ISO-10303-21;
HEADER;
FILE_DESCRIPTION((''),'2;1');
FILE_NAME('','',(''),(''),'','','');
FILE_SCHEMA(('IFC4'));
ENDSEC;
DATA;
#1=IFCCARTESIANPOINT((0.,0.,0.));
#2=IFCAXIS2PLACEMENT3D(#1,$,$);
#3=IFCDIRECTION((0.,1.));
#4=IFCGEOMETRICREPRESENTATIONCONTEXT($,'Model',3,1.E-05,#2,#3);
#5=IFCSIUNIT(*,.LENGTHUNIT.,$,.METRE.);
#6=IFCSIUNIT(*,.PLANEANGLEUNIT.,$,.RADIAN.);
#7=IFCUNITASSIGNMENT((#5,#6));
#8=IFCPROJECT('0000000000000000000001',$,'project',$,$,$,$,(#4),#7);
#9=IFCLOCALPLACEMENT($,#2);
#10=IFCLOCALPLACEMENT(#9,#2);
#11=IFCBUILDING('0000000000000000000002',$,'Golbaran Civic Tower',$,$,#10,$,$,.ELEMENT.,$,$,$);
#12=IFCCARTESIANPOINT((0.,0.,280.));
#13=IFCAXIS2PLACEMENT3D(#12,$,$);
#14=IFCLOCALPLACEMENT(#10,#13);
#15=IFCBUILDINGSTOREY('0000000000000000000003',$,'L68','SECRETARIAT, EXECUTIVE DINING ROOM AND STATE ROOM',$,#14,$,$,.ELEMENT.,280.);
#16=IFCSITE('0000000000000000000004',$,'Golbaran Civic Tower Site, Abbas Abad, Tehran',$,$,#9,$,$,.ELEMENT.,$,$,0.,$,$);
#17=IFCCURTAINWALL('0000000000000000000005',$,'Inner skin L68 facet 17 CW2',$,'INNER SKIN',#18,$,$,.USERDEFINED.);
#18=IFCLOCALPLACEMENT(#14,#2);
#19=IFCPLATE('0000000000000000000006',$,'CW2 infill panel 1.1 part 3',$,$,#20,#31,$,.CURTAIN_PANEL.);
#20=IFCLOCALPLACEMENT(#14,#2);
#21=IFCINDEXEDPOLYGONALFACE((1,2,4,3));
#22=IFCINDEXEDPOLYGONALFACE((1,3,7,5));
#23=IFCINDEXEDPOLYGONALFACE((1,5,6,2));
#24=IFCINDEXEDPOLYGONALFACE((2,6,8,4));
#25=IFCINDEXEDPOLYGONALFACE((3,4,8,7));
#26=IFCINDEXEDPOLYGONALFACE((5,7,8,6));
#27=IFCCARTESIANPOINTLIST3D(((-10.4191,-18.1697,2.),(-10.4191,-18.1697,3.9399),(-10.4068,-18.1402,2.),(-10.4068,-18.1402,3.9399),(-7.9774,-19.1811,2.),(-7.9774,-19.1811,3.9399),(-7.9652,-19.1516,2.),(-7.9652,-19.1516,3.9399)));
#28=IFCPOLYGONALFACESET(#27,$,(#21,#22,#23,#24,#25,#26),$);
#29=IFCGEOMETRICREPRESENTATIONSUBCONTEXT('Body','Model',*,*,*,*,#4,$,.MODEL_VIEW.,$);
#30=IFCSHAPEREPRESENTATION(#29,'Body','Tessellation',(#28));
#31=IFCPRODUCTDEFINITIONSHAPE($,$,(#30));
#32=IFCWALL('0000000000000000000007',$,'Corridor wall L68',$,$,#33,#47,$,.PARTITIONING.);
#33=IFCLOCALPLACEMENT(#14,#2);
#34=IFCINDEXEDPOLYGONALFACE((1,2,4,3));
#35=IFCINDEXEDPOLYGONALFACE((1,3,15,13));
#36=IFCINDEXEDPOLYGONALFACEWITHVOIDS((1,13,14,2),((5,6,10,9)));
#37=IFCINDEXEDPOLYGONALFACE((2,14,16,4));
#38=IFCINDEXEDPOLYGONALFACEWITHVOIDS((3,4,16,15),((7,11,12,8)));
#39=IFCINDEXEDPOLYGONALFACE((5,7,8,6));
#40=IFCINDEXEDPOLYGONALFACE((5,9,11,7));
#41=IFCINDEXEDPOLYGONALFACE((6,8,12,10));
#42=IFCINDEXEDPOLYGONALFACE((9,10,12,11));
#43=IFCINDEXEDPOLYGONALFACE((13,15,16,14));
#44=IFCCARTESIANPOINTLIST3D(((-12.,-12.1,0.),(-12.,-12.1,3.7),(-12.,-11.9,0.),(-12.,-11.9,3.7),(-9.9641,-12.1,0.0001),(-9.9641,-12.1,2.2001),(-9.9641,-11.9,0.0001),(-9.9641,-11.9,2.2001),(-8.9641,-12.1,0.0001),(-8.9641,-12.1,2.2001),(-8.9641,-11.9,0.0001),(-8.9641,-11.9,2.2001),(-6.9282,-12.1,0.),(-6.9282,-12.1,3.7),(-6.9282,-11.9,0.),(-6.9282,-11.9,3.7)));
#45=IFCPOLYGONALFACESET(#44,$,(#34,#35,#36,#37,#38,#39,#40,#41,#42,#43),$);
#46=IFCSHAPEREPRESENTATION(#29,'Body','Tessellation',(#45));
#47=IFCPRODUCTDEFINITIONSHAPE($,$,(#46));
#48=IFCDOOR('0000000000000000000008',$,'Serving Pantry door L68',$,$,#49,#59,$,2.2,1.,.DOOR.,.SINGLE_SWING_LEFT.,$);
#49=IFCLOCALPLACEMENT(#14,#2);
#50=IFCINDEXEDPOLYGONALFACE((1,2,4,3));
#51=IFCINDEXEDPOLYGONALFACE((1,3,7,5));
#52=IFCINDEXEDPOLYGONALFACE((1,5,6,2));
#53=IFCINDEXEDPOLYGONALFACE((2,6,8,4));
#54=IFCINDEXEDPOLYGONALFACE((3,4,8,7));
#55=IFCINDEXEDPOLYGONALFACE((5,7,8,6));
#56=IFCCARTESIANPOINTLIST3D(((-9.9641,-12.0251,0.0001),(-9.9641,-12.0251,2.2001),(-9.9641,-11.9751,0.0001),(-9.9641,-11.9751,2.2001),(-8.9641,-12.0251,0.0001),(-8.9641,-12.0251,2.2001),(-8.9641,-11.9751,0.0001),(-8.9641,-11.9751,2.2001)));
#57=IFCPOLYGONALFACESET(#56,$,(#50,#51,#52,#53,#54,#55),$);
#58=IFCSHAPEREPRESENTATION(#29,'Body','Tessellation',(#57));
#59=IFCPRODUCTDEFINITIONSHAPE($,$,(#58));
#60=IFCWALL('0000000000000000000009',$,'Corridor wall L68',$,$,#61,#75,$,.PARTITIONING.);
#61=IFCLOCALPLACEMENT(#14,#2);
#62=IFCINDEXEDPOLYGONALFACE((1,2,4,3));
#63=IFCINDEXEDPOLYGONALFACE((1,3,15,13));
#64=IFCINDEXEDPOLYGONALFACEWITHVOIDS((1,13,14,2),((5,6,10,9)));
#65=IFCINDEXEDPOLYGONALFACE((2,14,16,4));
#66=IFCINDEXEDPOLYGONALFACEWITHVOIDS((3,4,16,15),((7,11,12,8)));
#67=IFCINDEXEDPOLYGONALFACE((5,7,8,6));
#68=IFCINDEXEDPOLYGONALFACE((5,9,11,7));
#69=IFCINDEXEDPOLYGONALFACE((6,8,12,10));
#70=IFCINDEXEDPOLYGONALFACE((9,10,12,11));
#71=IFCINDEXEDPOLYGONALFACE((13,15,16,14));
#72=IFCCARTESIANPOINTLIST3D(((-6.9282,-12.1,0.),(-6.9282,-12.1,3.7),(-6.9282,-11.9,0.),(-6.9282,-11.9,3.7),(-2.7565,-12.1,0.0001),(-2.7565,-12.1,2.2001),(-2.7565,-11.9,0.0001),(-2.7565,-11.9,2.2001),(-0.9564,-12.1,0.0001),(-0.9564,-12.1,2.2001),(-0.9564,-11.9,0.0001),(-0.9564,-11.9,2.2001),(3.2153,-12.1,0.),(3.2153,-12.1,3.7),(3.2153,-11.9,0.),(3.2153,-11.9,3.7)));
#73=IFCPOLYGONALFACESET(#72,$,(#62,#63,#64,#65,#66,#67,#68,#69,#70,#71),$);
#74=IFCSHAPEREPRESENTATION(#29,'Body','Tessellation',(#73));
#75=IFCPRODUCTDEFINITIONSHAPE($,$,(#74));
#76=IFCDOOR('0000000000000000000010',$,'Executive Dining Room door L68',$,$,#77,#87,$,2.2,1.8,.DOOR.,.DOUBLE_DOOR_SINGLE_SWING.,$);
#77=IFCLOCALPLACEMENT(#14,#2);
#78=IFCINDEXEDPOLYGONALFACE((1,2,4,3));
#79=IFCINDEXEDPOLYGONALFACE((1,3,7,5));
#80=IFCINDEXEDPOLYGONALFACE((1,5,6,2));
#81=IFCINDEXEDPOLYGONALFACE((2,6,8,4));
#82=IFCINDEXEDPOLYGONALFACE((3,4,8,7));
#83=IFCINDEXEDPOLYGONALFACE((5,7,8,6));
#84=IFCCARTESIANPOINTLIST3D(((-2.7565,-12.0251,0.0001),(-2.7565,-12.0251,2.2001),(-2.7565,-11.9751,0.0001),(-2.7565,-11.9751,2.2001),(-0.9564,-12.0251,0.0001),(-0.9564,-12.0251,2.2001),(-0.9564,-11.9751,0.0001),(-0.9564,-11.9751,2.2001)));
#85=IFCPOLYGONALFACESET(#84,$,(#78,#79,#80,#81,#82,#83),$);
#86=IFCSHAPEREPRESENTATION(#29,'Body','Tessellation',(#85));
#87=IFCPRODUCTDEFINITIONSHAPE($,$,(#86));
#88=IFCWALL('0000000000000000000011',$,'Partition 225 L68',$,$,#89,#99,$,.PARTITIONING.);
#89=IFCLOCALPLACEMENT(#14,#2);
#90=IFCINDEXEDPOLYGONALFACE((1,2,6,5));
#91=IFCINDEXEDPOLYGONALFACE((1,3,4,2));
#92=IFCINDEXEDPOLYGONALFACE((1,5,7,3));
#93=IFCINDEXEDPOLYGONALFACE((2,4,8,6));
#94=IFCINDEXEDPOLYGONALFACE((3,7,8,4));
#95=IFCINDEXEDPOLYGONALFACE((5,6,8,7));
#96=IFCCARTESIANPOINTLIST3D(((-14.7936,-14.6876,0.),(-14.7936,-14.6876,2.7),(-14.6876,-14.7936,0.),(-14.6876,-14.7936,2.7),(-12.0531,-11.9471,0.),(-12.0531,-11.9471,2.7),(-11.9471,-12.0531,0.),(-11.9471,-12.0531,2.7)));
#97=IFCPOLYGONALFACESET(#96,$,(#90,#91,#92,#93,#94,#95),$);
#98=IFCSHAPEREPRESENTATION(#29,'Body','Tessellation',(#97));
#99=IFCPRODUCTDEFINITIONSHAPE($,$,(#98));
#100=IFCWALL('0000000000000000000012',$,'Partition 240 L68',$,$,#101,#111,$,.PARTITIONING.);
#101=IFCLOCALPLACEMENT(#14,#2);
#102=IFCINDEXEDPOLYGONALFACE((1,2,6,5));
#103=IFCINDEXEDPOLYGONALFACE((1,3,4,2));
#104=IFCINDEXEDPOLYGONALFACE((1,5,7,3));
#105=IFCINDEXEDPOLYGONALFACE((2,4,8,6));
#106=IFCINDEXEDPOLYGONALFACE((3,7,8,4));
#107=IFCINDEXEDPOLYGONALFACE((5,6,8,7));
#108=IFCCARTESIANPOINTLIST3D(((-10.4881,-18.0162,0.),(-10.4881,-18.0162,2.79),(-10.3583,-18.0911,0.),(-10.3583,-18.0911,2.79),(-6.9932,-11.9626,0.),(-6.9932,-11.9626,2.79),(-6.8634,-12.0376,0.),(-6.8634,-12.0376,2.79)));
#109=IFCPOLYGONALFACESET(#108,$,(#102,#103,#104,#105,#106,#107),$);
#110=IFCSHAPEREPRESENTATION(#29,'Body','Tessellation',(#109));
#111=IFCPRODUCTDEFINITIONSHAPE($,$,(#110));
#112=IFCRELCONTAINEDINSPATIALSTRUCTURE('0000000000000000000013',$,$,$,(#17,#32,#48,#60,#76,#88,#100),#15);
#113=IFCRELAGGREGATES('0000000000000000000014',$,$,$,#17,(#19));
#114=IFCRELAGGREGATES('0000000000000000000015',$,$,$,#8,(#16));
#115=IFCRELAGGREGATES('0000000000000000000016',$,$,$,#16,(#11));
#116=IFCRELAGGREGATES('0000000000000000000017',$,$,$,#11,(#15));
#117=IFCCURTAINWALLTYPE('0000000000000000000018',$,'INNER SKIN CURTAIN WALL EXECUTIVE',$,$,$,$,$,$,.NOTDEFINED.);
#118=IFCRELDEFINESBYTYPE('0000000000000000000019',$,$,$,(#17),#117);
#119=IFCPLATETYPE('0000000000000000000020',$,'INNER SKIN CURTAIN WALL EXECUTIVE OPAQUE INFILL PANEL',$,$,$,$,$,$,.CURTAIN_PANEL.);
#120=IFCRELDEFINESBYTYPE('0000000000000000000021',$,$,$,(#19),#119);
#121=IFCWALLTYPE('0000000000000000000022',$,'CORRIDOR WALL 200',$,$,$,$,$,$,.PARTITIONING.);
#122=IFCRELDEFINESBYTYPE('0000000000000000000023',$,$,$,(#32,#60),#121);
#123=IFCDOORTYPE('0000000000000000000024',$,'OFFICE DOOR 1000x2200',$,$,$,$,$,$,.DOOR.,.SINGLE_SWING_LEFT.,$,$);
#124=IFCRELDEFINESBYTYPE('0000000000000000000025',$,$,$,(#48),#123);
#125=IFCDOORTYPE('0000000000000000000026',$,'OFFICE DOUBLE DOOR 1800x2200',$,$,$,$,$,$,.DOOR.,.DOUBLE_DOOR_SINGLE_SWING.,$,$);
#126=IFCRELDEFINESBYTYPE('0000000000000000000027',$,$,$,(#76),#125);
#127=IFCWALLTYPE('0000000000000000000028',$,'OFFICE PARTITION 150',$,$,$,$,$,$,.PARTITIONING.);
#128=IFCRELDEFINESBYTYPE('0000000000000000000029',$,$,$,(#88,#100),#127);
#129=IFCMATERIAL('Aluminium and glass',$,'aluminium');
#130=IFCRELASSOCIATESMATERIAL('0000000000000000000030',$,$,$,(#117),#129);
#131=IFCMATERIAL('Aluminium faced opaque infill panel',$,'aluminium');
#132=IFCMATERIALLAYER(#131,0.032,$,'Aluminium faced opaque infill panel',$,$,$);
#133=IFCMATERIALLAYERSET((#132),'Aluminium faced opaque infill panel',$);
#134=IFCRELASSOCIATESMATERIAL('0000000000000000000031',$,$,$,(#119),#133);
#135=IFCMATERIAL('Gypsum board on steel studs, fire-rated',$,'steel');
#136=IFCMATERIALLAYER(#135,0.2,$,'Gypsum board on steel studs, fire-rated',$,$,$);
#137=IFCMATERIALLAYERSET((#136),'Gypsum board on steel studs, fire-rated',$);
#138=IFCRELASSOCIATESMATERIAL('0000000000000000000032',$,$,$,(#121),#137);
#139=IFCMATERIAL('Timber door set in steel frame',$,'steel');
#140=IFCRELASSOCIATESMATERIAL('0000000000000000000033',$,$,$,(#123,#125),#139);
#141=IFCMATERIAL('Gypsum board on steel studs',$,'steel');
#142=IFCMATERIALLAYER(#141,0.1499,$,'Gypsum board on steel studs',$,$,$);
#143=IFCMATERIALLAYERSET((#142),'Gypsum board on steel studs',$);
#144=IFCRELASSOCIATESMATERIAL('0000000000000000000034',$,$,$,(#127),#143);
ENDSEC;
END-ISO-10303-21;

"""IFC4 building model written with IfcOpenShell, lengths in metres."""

from ifc_helpers import new_model, si_unit, direction, frame, frame_2d, origin, origin_2d, place, context, subcontext, project, spatial, rectangle, extrude, material, layer, layer_set, type_object, element, fill, aggregate, save


model = new_model("IFC4")

# Units and contexts
model_context = context("Model", 3, precision=1e-05, world=origin(), true_north=direction((0.0, 1.0)))
body_context = subcontext(model_context, "Body", "Model", "MODEL_VIEW")
ifc_project = project(units=[si_unit("LENGTHUNIT", "METRE"), si_unit("PLANEANGLEUNIT", "RADIAN")], contexts=[model_context])

# Site, building, storey
site_placement = place(None, origin())
site = spatial("IfcSite", under=ifc_project, at=site_placement, Name="Golbaran Civic Tower Site, Abbas Abad, Tehran", CompositionType="ELEMENT", RefElevation=0.0)
building_placement = place(site_placement, origin())
building = spatial("IfcBuilding", under=site, at=building_placement, Name="Golbaran Civic Tower", CompositionType="ELEMENT")
storey_placement = place(building_placement, frame((0.0, 0.0, 280.0)))
storey = spatial("IfcBuildingStorey", under=building, at=storey_placement, Name="L68", Description="SECRETARIAT, EXECUTIVE DINING ROOM AND STATE ROOM", CompositionType="ELEMENT", Elevation=280.0)

# Curtain wall
ifc_material_1 = material(Name="Aluminium and glass", Category="aluminium")
curtain_wall_type = type_object("IfcCurtainWallType", Name="INNER SKIN CURTAIN WALL EXECUTIVE", PredefinedType="NOTDEFINED", material=ifc_material_1)
curtain_wall_1_placement = place(storey_placement, origin())
curtain_wall_1 = element("IfcCurtainWall", 1, at=curtain_wall_1_placement, inside=storey, type_object=curtain_wall_type, Name="Inner skin L68 facet 17 CW2", ObjectType="INNER SKIN", PredefinedType="USERDEFINED")

# Plate
ifc_material_2 = material(Name="Aluminium faced opaque infill panel", Category="aluminium")
ifc_layer_1 = layer(ifc_material_2, 0.032, Name="Aluminium faced opaque infill panel")
ifc_layer_set_1 = layer_set([ifc_layer_1], Name="Aluminium faced opaque infill panel")
plate_type_1 = type_object("IfcPlateType", Name="INNER SKIN CURTAIN WALL EXECUTIVE OPAQUE INFILL PANEL", PredefinedType="CURTAIN_PANEL", material=ifc_layer_set_1)
plate_1_placement = place(storey_placement, frame((-9.1921, -18.6606, 2.0), z_axis=(0.0, 0.0, 1.0), x_axis=(0.92388, -0.382683, 0.0)))
plate_1 = element("IfcPlate", 2, at=plate_1_placement, type_object=plate_type_1, Name="CW2 infill panel 1.1 part 3", PredefinedType="CURTAIN_PANEL", context=body_context, shape_type="SweptSolid", body=[
    extrude(rectangle(XDim=2.6428, YDim=0.032, at=origin_2d()), origin(), (0.0, 0.0, 1.0), 1.9399),
])
aggregate(curtain_wall_1, [plate_1])

# Walls, openings, doors
ifc_material_3 = material(Name="Gypsum board on steel studs, fire-rated", Category="steel")
ifc_layer_2 = layer(ifc_material_3, 0.2, Name="Gypsum board on steel studs, fire-rated")
ifc_layer_set_2 = layer_set([ifc_layer_2], Name="Gypsum board on steel studs, fire-rated")
wall_type_1 = type_object("IfcWallType", Name="CORRIDOR WALL 200", PredefinedType="PARTITIONING", material=ifc_layer_set_2)
wall_1_placement = place(storey_placement, frame((-12.0, -12.0, 0.0), z_axis=(0.0, 0.0, 1.0), x_axis=(1.0, 0.0, 0.0)))
wall_1 = element("IfcWall", 3, at=wall_1_placement, inside=storey, type_object=wall_type_1, Name="Corridor wall L68", PredefinedType="PARTITIONING", context=body_context, shape_type="SweptSolid", body=[
    extrude(rectangle(XDim=5.0718, YDim=0.2, at=frame_2d((2.5359, 0.0))), origin(), (0.0, 0.0, 1.0), 3.7),
])
opening_1_placement = place(wall_1_placement, frame((2.0359, 0.0, 0.0)))
opening_1 = element("IfcOpeningElement", 4, at=opening_1_placement, cuts=wall_1, PredefinedType="OPENING", context=body_context, shape_type="SweptSolid", body=[
    extrude(rectangle(XDim=1.0, YDim=2.2, at=frame_2d((0.5, 1.1001))), frame((0.0, 0.1099, 0.0), z_axis=(0.0, -1.0, 0.0), x_axis=(1.0, 0.0, 0.0)), (0.0, 0.0, 1.0), 0.22),
])
ifc_material_4 = material(Name="Timber door set in steel frame", Category="steel")
door_type_1 = type_object("IfcDoorType", Name="OFFICE DOOR 1000x2200", OperationType="SINGLE_SWING_LEFT", PredefinedType="DOOR", material=ifc_material_4)
door_1_placement = place(opening_1_placement, origin())
door_1 = element("IfcDoor", 5, at=door_1_placement, inside=storey, type_object=door_type_1, Name="Serving Pantry door L68", OperationType="SINGLE_SWING_LEFT", OverallHeight=2.2, OverallWidth=1.0, PredefinedType="DOOR", context=body_context, shape_type="SweptSolid", body=[
    extrude(rectangle(XDim=1.0, YDim=2.2, at=frame_2d((0.5, 1.1001))), frame((0.0, 0.0249, 0.0), z_axis=(0.0, -1.0, 0.0), x_axis=(1.0, 0.0, 0.0)), (0.0, 0.0, 1.0), 0.05),
])
fill(opening_1, door_1)
wall_2_placement = place(storey_placement, frame((-6.9282, -12.0, 0.0), z_axis=(0.0, 0.0, 1.0), x_axis=(1.0, 0.0, 0.0)))
wall_2 = element("IfcWall", 6, at=wall_2_placement, inside=storey, type_object=wall_type_1, Name="Corridor wall L68", PredefinedType="PARTITIONING", context=body_context, shape_type="SweptSolid", body=[
    extrude(rectangle(XDim=10.1436, YDim=0.2, at=frame_2d((5.0718, 0.0))), origin(), (0.0, 0.0, 1.0), 3.7),
])
opening_2_placement = place(wall_2_placement, frame((4.1719, 0.0, 0.0)))
opening_2 = element("IfcOpeningElement", 7, at=opening_2_placement, cuts=wall_2, PredefinedType="OPENING", context=body_context, shape_type="SweptSolid", body=[
    extrude(rectangle(XDim=1.8, YDim=2.2, at=frame_2d((0.8999, 1.1001))), frame((0.0, 0.1099, 0.0), z_axis=(0.0, -1.0, 0.0), x_axis=(1.0, 0.0, 0.0)), (0.0, 0.0, 1.0), 0.22),
])
door_type_2 = type_object("IfcDoorType", Name="OFFICE DOUBLE DOOR 1800x2200", OperationType="DOUBLE_DOOR_SINGLE_SWING", PredefinedType="DOOR", material=ifc_material_4)
door_2_placement = place(opening_2_placement, origin())
door_2 = element("IfcDoor", 8, at=door_2_placement, inside=storey, type_object=door_type_2, Name="Executive Dining Room door L68", OperationType="DOUBLE_DOOR_SINGLE_SWING", OverallHeight=2.2, OverallWidth=1.8, PredefinedType="DOOR", context=body_context, shape_type="SweptSolid", body=[
    extrude(rectangle(XDim=1.8, YDim=2.2, at=frame_2d((0.8999, 1.1001))), frame((0.0, 0.0249, 0.0), z_axis=(0.0, -1.0, 0.0), x_axis=(1.0, 0.0, 0.0)), (0.0, 0.0, 1.0), 0.05),
])
fill(opening_2, door_2)

# Walls
ifc_material_5 = material(Name="Gypsum board on steel studs", Category="steel")
ifc_layer_3 = layer(ifc_material_5, 0.1499, Name="Gypsum board on steel studs")
ifc_layer_set_3 = layer_set([ifc_layer_3], Name="Gypsum board on steel studs")
wall_type_2 = type_object("IfcWallType", Name="OFFICE PARTITION 150", PredefinedType="PARTITIONING", material=ifc_layer_set_3)
wall_3_placement = place(storey_placement, frame((-12.0, -12.0, 0.0), z_axis=(0.0, 0.0, 1.0), x_axis=(-0.707107, -0.707107, 0.0)))
element("IfcWall", 9, at=wall_3_placement, inside=storey, type_object=wall_type_2, Name="Partition 225 L68", PredefinedType="PARTITIONING", context=body_context, shape_type="SweptSolid", body=[
    extrude(rectangle(XDim=3.8757, YDim=0.1499, at=frame_2d((1.938, 0.0))), origin(), (0.0, 0.0, 1.0), 2.7),
])
wall_4_placement = place(storey_placement, frame((-6.9282, -12.0, 0.0), z_axis=(0.0, 0.0, 1.0), x_axis=(-0.49999, -0.866031, 0.0)))
element("IfcWall", 10, at=wall_4_placement, inside=storey, type_object=wall_type_2, Name="Partition 240 L68", PredefinedType="PARTITIONING", context=body_context, shape_type="SweptSolid", body=[
    extrude(rectangle(XDim=6.99, YDim=0.1499, at=frame_2d((3.4951, 0.0))), origin(), (0.0, 0.0, 1.0), 2.79),
])

save(model, "model.ifc")
